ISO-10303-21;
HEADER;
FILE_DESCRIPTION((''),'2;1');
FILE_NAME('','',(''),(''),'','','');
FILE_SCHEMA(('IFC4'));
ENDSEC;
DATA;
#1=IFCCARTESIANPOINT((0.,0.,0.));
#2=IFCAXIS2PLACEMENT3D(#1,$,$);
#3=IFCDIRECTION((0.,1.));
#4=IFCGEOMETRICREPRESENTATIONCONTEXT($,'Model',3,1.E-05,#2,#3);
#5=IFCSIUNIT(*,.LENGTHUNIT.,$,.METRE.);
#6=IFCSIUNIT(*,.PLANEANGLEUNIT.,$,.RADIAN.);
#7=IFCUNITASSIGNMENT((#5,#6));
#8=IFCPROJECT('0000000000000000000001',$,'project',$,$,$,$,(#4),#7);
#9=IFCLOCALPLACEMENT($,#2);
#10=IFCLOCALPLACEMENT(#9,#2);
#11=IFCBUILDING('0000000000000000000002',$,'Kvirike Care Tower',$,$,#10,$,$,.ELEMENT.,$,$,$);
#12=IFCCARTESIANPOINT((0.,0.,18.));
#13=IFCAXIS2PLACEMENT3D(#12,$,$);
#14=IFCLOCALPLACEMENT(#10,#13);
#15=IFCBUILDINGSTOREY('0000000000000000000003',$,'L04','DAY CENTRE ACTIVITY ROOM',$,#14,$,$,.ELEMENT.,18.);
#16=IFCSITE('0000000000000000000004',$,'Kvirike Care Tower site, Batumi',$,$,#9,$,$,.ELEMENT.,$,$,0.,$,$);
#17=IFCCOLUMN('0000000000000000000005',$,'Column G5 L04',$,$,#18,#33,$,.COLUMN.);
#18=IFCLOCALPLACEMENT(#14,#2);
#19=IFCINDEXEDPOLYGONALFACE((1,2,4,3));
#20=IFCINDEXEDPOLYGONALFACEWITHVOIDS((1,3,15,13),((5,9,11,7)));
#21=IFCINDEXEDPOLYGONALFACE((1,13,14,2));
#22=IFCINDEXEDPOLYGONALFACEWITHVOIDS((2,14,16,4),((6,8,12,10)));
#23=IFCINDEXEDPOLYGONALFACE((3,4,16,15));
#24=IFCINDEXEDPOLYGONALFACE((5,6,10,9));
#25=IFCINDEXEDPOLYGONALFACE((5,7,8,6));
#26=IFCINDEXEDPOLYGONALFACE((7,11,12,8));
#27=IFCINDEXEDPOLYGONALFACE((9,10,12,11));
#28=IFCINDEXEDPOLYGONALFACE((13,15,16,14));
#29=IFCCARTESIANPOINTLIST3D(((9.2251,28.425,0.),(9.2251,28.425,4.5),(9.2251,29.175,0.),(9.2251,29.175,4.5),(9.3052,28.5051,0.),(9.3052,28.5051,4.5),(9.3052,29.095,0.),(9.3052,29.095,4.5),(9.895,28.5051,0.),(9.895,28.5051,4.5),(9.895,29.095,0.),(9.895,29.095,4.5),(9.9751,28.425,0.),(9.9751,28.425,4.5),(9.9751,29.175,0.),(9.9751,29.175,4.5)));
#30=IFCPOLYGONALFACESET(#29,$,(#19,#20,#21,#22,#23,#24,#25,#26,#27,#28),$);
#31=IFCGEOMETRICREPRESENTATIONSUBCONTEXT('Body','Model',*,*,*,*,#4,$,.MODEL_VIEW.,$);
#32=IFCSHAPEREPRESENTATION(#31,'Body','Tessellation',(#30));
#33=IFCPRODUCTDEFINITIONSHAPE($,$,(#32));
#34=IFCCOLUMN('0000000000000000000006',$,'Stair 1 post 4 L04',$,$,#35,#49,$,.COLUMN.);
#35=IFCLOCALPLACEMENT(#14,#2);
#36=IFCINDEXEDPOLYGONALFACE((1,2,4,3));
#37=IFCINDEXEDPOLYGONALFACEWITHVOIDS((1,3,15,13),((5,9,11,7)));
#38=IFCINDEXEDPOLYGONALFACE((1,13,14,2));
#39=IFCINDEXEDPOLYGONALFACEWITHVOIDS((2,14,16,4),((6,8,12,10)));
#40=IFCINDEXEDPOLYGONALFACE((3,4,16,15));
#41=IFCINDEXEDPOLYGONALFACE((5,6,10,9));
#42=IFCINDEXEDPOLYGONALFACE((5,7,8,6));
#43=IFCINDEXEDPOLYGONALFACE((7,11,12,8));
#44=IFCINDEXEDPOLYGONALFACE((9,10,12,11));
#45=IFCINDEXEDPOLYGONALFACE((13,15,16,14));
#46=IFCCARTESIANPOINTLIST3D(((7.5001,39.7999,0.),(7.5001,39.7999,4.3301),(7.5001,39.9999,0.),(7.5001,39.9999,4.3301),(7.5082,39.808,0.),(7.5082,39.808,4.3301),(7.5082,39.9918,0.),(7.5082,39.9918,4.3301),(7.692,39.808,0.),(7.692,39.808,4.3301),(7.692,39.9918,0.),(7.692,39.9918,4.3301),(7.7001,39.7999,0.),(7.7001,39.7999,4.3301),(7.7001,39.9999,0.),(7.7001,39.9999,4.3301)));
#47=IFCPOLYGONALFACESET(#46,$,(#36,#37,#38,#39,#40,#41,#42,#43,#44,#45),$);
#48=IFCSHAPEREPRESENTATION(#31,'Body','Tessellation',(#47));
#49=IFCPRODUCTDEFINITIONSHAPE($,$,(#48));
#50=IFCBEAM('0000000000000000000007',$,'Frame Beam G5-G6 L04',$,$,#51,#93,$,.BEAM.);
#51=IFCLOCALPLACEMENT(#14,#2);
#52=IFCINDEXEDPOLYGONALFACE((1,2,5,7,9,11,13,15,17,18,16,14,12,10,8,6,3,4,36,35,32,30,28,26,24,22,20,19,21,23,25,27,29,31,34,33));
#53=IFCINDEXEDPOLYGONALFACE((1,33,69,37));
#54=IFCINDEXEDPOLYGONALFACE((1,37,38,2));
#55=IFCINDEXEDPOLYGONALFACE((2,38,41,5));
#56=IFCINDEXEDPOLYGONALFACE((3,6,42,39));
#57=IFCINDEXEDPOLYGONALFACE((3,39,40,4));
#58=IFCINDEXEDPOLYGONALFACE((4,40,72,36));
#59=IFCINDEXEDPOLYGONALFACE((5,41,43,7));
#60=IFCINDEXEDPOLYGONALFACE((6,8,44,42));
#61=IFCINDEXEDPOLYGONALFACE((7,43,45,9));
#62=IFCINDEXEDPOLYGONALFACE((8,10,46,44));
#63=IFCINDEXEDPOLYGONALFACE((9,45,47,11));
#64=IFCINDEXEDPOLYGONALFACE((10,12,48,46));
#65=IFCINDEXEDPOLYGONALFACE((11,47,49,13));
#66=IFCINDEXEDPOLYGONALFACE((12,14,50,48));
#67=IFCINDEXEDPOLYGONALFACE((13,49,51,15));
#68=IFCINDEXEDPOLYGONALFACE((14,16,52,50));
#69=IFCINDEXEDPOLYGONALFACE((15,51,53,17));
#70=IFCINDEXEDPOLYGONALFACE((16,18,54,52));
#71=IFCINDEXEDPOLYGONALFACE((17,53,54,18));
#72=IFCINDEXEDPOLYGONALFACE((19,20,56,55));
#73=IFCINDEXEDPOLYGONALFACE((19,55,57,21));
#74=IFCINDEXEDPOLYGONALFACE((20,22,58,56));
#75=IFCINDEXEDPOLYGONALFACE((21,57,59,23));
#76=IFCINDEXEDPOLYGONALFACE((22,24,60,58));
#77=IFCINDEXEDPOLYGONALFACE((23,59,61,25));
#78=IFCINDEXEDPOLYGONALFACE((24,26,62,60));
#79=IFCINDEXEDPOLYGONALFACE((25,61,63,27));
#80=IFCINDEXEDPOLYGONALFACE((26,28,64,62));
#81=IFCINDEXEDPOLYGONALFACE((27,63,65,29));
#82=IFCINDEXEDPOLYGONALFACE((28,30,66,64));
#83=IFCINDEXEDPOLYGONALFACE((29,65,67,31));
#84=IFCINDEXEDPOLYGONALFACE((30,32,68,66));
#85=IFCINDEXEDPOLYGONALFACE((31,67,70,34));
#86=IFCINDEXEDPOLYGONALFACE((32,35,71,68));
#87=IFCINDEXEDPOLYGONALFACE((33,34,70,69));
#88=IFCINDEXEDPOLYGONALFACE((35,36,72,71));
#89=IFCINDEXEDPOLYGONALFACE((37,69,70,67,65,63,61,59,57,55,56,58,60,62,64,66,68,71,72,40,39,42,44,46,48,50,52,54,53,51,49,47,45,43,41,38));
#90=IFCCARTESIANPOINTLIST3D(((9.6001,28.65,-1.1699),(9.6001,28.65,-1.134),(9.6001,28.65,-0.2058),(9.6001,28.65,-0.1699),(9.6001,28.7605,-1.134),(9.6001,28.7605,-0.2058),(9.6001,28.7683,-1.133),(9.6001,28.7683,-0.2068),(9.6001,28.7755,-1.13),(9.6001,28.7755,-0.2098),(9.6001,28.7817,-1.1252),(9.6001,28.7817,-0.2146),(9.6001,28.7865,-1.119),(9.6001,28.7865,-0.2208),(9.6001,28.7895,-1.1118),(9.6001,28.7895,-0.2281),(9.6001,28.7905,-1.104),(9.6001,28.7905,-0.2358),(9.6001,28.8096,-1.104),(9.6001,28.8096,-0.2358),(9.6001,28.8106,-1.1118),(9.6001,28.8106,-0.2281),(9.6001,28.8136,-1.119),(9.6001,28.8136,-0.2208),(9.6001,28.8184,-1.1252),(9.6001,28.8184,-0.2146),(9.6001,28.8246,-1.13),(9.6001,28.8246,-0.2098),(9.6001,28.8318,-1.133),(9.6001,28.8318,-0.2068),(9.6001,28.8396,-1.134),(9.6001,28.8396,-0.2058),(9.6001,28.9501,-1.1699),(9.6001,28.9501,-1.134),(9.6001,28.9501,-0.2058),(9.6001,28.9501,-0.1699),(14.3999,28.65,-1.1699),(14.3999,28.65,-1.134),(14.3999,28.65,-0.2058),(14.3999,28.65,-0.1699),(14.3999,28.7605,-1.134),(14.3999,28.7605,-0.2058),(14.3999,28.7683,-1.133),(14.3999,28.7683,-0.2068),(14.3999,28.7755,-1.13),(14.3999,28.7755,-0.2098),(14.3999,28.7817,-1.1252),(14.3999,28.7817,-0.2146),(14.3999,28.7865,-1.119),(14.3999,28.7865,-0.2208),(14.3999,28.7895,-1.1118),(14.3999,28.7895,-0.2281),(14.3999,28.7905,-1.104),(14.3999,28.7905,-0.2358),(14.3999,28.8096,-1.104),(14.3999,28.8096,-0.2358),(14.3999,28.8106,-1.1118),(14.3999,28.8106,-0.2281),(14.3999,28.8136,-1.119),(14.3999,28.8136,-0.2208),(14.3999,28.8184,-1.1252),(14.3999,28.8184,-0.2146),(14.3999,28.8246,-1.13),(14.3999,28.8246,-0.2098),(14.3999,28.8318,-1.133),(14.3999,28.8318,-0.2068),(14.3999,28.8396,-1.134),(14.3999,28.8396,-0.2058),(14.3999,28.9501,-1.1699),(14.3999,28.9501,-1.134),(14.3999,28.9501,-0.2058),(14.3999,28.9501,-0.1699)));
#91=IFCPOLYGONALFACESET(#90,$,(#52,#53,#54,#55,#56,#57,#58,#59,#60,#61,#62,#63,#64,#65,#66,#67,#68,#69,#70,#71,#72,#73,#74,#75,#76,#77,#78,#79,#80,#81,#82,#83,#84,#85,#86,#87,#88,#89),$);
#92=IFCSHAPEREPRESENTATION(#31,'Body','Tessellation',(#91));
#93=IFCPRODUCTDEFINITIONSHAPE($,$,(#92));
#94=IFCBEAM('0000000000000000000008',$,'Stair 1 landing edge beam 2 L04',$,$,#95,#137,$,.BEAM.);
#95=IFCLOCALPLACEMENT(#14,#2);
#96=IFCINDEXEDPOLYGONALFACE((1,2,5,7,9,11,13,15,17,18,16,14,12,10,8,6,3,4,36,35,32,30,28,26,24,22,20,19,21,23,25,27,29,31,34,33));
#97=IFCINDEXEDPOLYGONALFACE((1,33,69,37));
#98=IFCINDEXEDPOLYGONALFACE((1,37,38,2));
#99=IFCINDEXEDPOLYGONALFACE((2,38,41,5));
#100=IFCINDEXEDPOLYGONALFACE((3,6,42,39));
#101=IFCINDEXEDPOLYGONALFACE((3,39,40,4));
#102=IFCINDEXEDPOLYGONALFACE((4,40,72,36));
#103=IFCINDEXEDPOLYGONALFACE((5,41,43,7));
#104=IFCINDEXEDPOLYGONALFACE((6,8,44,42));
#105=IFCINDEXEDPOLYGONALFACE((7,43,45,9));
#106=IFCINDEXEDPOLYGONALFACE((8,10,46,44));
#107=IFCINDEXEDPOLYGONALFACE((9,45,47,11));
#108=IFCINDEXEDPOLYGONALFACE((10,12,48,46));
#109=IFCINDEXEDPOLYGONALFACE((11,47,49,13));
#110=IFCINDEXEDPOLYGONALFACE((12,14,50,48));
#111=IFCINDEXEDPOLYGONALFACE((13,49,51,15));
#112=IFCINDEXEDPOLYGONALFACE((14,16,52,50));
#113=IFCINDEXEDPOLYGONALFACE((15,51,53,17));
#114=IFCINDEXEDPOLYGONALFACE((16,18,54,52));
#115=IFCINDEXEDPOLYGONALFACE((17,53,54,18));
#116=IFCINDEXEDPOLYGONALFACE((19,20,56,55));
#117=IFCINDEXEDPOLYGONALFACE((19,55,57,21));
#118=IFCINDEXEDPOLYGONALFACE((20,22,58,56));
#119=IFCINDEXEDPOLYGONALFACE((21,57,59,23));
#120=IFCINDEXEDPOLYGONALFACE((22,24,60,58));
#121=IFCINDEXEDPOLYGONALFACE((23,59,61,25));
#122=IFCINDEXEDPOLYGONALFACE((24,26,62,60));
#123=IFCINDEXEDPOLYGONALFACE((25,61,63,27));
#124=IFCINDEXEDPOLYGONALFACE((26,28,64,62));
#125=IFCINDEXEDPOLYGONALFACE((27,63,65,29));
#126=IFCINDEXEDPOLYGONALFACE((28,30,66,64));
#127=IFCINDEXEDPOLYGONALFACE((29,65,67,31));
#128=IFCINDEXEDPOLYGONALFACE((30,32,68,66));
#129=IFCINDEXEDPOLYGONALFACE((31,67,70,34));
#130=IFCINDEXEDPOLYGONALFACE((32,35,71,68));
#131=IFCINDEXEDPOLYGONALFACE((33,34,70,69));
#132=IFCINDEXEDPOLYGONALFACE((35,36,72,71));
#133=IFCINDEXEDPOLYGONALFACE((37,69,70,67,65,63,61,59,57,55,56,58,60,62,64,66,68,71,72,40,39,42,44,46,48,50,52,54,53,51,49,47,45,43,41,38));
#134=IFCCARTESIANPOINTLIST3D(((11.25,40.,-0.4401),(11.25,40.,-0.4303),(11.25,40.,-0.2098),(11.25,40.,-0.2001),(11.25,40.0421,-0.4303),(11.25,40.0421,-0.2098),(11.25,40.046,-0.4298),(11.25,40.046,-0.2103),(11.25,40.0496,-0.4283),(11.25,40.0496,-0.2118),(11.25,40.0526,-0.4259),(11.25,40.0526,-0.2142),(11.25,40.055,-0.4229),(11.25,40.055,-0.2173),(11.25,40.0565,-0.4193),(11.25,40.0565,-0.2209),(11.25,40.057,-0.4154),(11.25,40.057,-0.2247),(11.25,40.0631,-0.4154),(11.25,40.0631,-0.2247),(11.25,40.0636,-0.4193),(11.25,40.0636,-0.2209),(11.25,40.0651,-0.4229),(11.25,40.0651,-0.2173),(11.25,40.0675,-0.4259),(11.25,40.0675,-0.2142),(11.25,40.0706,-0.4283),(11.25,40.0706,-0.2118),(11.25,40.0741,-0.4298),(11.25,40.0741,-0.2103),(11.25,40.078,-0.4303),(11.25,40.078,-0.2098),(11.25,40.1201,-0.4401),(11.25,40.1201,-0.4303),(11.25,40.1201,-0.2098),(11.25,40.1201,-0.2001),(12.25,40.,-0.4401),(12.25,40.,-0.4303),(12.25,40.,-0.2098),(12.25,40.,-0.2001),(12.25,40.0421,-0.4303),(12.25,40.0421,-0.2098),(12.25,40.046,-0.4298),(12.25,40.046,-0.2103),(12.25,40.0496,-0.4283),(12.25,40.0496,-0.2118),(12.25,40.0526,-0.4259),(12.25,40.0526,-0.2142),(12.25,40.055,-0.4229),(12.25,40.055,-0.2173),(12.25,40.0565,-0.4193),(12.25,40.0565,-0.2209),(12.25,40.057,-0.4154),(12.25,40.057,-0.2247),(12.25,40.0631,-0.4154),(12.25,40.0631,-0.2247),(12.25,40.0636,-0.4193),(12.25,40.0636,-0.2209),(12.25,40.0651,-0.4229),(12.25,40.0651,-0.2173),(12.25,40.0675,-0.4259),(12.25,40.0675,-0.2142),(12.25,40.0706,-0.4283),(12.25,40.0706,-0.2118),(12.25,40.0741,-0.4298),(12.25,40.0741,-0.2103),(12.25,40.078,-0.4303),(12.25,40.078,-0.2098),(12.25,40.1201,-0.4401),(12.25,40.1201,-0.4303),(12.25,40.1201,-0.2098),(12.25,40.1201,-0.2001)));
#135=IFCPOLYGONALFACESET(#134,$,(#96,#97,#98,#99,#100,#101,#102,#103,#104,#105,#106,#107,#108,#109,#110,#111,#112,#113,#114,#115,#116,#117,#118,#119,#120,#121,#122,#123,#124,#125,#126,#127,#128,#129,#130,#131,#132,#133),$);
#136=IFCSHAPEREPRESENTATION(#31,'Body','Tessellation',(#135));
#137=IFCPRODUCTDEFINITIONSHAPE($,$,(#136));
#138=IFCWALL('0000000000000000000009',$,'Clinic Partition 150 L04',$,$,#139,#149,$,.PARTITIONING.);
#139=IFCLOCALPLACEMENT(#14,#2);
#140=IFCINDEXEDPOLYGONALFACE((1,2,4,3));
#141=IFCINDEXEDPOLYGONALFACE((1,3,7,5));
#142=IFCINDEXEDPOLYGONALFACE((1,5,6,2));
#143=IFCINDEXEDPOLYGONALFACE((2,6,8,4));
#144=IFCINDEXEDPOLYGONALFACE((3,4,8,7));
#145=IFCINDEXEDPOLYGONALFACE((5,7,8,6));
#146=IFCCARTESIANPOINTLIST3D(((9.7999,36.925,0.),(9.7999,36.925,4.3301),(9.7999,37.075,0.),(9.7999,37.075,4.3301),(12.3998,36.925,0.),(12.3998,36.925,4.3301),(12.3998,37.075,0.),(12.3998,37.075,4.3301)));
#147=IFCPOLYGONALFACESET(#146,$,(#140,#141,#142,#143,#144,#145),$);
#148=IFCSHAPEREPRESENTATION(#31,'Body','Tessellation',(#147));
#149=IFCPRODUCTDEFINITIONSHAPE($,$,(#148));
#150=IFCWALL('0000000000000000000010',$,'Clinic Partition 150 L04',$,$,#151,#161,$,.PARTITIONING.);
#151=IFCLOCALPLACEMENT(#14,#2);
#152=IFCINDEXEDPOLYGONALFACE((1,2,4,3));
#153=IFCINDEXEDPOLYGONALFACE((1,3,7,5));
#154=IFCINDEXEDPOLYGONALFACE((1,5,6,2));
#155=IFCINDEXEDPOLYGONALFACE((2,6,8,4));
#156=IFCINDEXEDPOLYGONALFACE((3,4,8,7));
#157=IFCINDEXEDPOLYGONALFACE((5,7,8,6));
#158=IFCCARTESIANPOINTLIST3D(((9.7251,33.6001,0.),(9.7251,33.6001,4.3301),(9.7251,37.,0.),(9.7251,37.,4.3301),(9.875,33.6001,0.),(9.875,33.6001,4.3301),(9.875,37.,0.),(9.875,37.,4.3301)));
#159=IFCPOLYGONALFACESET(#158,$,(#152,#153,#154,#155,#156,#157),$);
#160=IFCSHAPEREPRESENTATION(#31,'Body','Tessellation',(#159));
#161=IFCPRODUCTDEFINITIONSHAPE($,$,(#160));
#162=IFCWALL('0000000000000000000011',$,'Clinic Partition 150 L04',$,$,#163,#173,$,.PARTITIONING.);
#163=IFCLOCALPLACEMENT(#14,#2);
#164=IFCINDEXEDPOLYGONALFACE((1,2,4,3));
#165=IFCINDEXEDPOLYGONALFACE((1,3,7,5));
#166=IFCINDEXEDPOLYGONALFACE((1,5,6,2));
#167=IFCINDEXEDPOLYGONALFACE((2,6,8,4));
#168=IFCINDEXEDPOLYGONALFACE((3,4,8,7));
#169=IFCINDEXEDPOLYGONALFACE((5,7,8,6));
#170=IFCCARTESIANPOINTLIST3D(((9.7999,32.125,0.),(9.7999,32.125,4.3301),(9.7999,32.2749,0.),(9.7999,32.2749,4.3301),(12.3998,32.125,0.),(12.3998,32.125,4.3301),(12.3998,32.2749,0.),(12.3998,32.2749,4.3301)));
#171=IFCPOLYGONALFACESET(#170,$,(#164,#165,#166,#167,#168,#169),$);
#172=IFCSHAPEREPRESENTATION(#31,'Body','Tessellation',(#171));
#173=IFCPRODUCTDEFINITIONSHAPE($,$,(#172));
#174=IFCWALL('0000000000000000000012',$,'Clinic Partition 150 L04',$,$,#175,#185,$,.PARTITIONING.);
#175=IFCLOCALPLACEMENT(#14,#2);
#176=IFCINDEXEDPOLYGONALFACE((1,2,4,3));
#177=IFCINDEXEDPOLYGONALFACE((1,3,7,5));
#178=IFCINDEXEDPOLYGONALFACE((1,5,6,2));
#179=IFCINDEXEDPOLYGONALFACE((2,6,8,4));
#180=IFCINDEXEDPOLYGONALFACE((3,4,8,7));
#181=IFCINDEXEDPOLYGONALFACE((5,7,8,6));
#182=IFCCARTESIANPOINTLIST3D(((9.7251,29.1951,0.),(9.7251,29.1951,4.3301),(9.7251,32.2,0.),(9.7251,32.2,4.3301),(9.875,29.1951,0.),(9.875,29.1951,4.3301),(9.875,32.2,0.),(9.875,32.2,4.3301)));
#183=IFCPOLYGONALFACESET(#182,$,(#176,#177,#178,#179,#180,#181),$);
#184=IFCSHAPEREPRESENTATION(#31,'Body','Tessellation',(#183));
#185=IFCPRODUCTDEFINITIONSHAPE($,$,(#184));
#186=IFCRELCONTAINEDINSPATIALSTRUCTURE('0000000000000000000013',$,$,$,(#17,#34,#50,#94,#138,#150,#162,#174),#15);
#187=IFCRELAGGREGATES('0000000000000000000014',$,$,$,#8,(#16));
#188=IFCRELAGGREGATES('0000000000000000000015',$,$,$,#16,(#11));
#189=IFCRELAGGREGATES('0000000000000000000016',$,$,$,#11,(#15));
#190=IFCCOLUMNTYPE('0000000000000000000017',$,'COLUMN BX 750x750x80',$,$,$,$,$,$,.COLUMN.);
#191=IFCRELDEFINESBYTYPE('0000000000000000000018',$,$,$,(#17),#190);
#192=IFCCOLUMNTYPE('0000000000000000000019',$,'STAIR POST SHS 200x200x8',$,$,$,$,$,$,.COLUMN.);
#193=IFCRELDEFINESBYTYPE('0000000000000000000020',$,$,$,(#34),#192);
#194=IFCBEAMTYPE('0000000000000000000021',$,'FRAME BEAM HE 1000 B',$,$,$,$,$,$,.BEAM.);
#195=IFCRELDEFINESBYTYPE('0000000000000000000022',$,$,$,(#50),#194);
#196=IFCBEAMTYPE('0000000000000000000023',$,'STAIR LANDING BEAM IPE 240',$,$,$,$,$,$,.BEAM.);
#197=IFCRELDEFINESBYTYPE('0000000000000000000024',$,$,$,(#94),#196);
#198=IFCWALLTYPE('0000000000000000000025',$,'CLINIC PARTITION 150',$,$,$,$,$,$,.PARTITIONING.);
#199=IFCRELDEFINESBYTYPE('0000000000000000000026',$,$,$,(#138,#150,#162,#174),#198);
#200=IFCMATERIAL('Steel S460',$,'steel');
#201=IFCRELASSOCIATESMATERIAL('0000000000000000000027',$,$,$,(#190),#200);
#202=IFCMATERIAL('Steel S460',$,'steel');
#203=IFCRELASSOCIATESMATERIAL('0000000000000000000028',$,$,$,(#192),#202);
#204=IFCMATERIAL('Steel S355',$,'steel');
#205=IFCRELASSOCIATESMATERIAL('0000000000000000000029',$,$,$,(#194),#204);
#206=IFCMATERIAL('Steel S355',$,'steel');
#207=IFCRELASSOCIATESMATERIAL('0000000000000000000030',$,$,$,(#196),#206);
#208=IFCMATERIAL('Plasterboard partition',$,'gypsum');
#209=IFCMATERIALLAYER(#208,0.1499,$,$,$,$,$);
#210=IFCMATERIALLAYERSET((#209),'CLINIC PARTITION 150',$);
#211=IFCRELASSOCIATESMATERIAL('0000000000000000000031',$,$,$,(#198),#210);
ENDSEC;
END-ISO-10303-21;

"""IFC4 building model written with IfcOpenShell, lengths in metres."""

from ifc_helpers import new_model, si_unit, direction, frame, frame_2d, origin, origin_2d, place, context, subcontext, project, spatial, rectangle, hollow_rectangle, i_section, extrude, material, layer, layer_set, material_profile, profile_set, type_object, element, save


model = new_model("IFC4")

# Units and contexts
model_context = context("Model", 3, precision=1e-05, world=origin(), true_north=direction((0.0, 1.0)))
body_context = subcontext(model_context, "Body", "Model", "MODEL_VIEW")
ifc_project = project(units=[si_unit("LENGTHUNIT", "METRE"), si_unit("PLANEANGLEUNIT", "RADIAN")], contexts=[model_context])

# Site, building, storey
site_placement = place(None, origin())
site = spatial("IfcSite", under=ifc_project, at=site_placement, Name="Kvirike Care Tower site, Batumi", CompositionType="ELEMENT", RefElevation=0.0)
building_placement = place(site_placement, origin())
building = spatial("IfcBuilding", under=site, at=building_placement, Name="Kvirike Care Tower", CompositionType="ELEMENT")
storey_placement = place(building_placement, frame((0.0, 0.0, 18.0)))
storey = spatial("IfcBuildingStorey", under=building, at=storey_placement, Name="L04", Description="DAY CENTRE ACTIVITY ROOM", CompositionType="ELEMENT", Elevation=18.0)

# Columns
ifc_material_1 = material(Name="Steel S460", Category="steel")
ifc_material_profile_1 = material_profile(ifc_material_1, hollow_rectangle(XDim=0.75, YDim=0.75, WallThickness=0.0801, at=origin_2d()), Name="BX 750x750x80")
ifc_profile_set_1 = profile_set([ifc_material_profile_1], Name="Steel S460")
column_type_1 = type_object("IfcColumnType", Name="COLUMN BX 750x750x80", PredefinedType="COLUMN", material=ifc_profile_set_1)
column_1_placement = place(storey_placement, frame((9.6001, 28.8, 0.0), z_axis=(0.0, 0.0, 1.0), x_axis=(0.0, 1.0, 0.0)))
element("IfcColumn", 1, at=column_1_placement, inside=storey, type_object=column_type_1, Name="Column G5 L04", PredefinedType="COLUMN", context=body_context, shape_type="SweptSolid", body=[
    extrude(hollow_rectangle(XDim=0.75, YDim=0.75, WallThickness=0.0801, at=origin_2d()), origin(), (0.0, 0.0, 1.0), 4.5),
])
ifc_material_2 = material(Name="Steel S460", Category="steel")
ifc_material_profile_2 = material_profile(ifc_material_2, hollow_rectangle(XDim=0.2, YDim=0.2, WallThickness=0.0081, at=origin_2d()), Name="SHS 200x200x8")
ifc_profile_set_2 = profile_set([ifc_material_profile_2], Name="Steel S460")
column_type_2 = type_object("IfcColumnType", Name="STAIR POST SHS 200x200x8", PredefinedType="COLUMN", material=ifc_profile_set_2)
column_2_placement = place(storey_placement, frame((7.6001, 39.8999, 0.0), z_axis=(0.0, 0.0, 1.0), x_axis=(1.0, 0.0, 0.0)))
element("IfcColumn", 2, at=column_2_placement, inside=storey, type_object=column_type_2, Name="Stair 1 post 4 L04", PredefinedType="COLUMN", context=body_context, shape_type="SweptSolid", body=[
    extrude(hollow_rectangle(XDim=0.2, YDim=0.2, WallThickness=0.0081, at=origin_2d()), origin(), (0.0, 0.0, 1.0), 4.3301),
])

# Beams
ifc_material_3 = material(Name="Steel S355", Category="steel")
ifc_material_profile_3 = material_profile(ifc_material_3, i_section(OverallWidth=0.3, OverallDepth=1.0, WebThickness=0.019, FlangeThickness=0.0359, FilletRadius=0.03, at=origin_2d()), Name="HE 1000 B")
ifc_profile_set_3 = profile_set([ifc_material_profile_3], Name="Steel S355")
beam_type_1 = type_object("IfcBeamType", Name="FRAME BEAM HE 1000 B", PredefinedType="BEAM", material=ifc_profile_set_3)
beam_1_placement = place(storey_placement, frame((9.6001, 28.8, -0.6699), z_axis=(1.0, 0.0, 0.0), x_axis=(0.0, 1.0, 0.0)))
element("IfcBeam", 3, at=beam_1_placement, inside=storey, type_object=beam_type_1, Name="Frame Beam G5-G6 L04", PredefinedType="BEAM", context=body_context, shape_type="SweptSolid", body=[
    extrude(i_section(OverallWidth=0.3, OverallDepth=1.0, WebThickness=0.019, FlangeThickness=0.0359, FilletRadius=0.03, at=origin_2d()), origin(), (0.0, 0.0, 1.0), 4.7998),
])
ifc_material_4 = material(Name="Steel S355", Category="steel")
ifc_material_profile_4 = material_profile(ifc_material_4, i_section(OverallWidth=0.1201, OverallDepth=0.24, WebThickness=0.0061, FlangeThickness=0.0098, FilletRadius=0.0149, at=origin_2d()), Name="IPE 240")
ifc_profile_set_4 = profile_set([ifc_material_profile_4], Name="Steel S355")
beam_type_2 = type_object("IfcBeamType", Name="STAIR LANDING BEAM IPE 240", PredefinedType="BEAM", material=ifc_profile_set_4)
beam_2_placement = place(storey_placement, frame((11.25, 40.0601, -0.3201), z_axis=(1.0, 0.0, 0.0), x_axis=(0.0, 1.0, 0.0)))
element("IfcBeam", 4, at=beam_2_placement, inside=storey, type_object=beam_type_2, Name="Stair 1 landing edge beam 2 L04", PredefinedType="BEAM", context=body_context, shape_type="SweptSolid", body=[
    extrude(i_section(OverallWidth=0.1201, OverallDepth=0.24, WebThickness=0.0061, FlangeThickness=0.0098, FilletRadius=0.0149, at=origin_2d()), origin(), (0.0, 0.0, 1.0), 1.0),
])

# Walls
ifc_material_5 = material(Name="Plasterboard partition", Category="gypsum")
ifc_layer_1 = layer(ifc_material_5, 0.1499)
ifc_layer_set_1 = layer_set([ifc_layer_1], Name="CLINIC PARTITION 150")
wall_type_1 = type_object("IfcWallType", Name="CLINIC PARTITION 150", PredefinedType="PARTITIONING", material=ifc_layer_set_1)
wall_1_placement = place(storey_placement, frame((9.8, 37.0, 0.0), z_axis=(0.0, 0.0, 1.0), x_axis=(1.0, 0.0, 0.0)))
element("IfcWall", 5, at=wall_1_placement, inside=storey, type_object=wall_type_1, Name="Clinic Partition 150 L04", PredefinedType="PARTITIONING", context=body_context, shape_type="SweptSolid", body=[
    extrude(rectangle(XDim=2.5999, YDim=0.1499, at=frame_2d((1.2998, 0.0))), origin(), (0.0, 0.0, 1.0), 4.3301),
])
wall_2_placement = place(storey_placement, frame((9.8, 37.0, 0.0), z_axis=(0.0, 0.0, 1.0), x_axis=(0.0, -1.0, 0.0)))
element("IfcWall", 6, at=wall_2_placement, inside=storey, type_object=wall_type_1, Name="Clinic Partition 150 L04", PredefinedType="PARTITIONING", context=body_context, shape_type="SweptSolid", body=[
    extrude(rectangle(XDim=3.3999, YDim=0.1499, at=frame_2d((1.7, 0.0))), origin(), (0.0, 0.0, 1.0), 4.3301),
])
wall_3_placement = place(storey_placement, frame((9.8, 32.2, 0.0), z_axis=(0.0, 0.0, 1.0), x_axis=(1.0, 0.0, 0.0)))
element("IfcWall", 7, at=wall_3_placement, inside=storey, type_object=wall_type_1, Name="Clinic Partition 150 L04", PredefinedType="PARTITIONING", context=body_context, shape_type="SweptSolid", body=[
    extrude(rectangle(XDim=2.5999, YDim=0.1499, at=frame_2d((1.2998, 0.0))), origin(), (0.0, 0.0, 1.0), 4.3301),
])
wall_4_placement = place(storey_placement, frame((9.8, 32.2, 0.0), z_axis=(0.0, 0.0, 1.0), x_axis=(0.0, -1.0, 0.0)))
element("IfcWall", 8, at=wall_4_placement, inside=storey, type_object=wall_type_1, Name="Clinic Partition 150 L04", PredefinedType="PARTITIONING", context=body_context, shape_type="SweptSolid", body=[
    extrude(rectangle(XDim=3.0049, YDim=0.1499, at=frame_2d((1.5024, 0.0))), origin(), (0.0, 0.0, 1.0), 4.3301),
])

save(model, "model.ifc")
